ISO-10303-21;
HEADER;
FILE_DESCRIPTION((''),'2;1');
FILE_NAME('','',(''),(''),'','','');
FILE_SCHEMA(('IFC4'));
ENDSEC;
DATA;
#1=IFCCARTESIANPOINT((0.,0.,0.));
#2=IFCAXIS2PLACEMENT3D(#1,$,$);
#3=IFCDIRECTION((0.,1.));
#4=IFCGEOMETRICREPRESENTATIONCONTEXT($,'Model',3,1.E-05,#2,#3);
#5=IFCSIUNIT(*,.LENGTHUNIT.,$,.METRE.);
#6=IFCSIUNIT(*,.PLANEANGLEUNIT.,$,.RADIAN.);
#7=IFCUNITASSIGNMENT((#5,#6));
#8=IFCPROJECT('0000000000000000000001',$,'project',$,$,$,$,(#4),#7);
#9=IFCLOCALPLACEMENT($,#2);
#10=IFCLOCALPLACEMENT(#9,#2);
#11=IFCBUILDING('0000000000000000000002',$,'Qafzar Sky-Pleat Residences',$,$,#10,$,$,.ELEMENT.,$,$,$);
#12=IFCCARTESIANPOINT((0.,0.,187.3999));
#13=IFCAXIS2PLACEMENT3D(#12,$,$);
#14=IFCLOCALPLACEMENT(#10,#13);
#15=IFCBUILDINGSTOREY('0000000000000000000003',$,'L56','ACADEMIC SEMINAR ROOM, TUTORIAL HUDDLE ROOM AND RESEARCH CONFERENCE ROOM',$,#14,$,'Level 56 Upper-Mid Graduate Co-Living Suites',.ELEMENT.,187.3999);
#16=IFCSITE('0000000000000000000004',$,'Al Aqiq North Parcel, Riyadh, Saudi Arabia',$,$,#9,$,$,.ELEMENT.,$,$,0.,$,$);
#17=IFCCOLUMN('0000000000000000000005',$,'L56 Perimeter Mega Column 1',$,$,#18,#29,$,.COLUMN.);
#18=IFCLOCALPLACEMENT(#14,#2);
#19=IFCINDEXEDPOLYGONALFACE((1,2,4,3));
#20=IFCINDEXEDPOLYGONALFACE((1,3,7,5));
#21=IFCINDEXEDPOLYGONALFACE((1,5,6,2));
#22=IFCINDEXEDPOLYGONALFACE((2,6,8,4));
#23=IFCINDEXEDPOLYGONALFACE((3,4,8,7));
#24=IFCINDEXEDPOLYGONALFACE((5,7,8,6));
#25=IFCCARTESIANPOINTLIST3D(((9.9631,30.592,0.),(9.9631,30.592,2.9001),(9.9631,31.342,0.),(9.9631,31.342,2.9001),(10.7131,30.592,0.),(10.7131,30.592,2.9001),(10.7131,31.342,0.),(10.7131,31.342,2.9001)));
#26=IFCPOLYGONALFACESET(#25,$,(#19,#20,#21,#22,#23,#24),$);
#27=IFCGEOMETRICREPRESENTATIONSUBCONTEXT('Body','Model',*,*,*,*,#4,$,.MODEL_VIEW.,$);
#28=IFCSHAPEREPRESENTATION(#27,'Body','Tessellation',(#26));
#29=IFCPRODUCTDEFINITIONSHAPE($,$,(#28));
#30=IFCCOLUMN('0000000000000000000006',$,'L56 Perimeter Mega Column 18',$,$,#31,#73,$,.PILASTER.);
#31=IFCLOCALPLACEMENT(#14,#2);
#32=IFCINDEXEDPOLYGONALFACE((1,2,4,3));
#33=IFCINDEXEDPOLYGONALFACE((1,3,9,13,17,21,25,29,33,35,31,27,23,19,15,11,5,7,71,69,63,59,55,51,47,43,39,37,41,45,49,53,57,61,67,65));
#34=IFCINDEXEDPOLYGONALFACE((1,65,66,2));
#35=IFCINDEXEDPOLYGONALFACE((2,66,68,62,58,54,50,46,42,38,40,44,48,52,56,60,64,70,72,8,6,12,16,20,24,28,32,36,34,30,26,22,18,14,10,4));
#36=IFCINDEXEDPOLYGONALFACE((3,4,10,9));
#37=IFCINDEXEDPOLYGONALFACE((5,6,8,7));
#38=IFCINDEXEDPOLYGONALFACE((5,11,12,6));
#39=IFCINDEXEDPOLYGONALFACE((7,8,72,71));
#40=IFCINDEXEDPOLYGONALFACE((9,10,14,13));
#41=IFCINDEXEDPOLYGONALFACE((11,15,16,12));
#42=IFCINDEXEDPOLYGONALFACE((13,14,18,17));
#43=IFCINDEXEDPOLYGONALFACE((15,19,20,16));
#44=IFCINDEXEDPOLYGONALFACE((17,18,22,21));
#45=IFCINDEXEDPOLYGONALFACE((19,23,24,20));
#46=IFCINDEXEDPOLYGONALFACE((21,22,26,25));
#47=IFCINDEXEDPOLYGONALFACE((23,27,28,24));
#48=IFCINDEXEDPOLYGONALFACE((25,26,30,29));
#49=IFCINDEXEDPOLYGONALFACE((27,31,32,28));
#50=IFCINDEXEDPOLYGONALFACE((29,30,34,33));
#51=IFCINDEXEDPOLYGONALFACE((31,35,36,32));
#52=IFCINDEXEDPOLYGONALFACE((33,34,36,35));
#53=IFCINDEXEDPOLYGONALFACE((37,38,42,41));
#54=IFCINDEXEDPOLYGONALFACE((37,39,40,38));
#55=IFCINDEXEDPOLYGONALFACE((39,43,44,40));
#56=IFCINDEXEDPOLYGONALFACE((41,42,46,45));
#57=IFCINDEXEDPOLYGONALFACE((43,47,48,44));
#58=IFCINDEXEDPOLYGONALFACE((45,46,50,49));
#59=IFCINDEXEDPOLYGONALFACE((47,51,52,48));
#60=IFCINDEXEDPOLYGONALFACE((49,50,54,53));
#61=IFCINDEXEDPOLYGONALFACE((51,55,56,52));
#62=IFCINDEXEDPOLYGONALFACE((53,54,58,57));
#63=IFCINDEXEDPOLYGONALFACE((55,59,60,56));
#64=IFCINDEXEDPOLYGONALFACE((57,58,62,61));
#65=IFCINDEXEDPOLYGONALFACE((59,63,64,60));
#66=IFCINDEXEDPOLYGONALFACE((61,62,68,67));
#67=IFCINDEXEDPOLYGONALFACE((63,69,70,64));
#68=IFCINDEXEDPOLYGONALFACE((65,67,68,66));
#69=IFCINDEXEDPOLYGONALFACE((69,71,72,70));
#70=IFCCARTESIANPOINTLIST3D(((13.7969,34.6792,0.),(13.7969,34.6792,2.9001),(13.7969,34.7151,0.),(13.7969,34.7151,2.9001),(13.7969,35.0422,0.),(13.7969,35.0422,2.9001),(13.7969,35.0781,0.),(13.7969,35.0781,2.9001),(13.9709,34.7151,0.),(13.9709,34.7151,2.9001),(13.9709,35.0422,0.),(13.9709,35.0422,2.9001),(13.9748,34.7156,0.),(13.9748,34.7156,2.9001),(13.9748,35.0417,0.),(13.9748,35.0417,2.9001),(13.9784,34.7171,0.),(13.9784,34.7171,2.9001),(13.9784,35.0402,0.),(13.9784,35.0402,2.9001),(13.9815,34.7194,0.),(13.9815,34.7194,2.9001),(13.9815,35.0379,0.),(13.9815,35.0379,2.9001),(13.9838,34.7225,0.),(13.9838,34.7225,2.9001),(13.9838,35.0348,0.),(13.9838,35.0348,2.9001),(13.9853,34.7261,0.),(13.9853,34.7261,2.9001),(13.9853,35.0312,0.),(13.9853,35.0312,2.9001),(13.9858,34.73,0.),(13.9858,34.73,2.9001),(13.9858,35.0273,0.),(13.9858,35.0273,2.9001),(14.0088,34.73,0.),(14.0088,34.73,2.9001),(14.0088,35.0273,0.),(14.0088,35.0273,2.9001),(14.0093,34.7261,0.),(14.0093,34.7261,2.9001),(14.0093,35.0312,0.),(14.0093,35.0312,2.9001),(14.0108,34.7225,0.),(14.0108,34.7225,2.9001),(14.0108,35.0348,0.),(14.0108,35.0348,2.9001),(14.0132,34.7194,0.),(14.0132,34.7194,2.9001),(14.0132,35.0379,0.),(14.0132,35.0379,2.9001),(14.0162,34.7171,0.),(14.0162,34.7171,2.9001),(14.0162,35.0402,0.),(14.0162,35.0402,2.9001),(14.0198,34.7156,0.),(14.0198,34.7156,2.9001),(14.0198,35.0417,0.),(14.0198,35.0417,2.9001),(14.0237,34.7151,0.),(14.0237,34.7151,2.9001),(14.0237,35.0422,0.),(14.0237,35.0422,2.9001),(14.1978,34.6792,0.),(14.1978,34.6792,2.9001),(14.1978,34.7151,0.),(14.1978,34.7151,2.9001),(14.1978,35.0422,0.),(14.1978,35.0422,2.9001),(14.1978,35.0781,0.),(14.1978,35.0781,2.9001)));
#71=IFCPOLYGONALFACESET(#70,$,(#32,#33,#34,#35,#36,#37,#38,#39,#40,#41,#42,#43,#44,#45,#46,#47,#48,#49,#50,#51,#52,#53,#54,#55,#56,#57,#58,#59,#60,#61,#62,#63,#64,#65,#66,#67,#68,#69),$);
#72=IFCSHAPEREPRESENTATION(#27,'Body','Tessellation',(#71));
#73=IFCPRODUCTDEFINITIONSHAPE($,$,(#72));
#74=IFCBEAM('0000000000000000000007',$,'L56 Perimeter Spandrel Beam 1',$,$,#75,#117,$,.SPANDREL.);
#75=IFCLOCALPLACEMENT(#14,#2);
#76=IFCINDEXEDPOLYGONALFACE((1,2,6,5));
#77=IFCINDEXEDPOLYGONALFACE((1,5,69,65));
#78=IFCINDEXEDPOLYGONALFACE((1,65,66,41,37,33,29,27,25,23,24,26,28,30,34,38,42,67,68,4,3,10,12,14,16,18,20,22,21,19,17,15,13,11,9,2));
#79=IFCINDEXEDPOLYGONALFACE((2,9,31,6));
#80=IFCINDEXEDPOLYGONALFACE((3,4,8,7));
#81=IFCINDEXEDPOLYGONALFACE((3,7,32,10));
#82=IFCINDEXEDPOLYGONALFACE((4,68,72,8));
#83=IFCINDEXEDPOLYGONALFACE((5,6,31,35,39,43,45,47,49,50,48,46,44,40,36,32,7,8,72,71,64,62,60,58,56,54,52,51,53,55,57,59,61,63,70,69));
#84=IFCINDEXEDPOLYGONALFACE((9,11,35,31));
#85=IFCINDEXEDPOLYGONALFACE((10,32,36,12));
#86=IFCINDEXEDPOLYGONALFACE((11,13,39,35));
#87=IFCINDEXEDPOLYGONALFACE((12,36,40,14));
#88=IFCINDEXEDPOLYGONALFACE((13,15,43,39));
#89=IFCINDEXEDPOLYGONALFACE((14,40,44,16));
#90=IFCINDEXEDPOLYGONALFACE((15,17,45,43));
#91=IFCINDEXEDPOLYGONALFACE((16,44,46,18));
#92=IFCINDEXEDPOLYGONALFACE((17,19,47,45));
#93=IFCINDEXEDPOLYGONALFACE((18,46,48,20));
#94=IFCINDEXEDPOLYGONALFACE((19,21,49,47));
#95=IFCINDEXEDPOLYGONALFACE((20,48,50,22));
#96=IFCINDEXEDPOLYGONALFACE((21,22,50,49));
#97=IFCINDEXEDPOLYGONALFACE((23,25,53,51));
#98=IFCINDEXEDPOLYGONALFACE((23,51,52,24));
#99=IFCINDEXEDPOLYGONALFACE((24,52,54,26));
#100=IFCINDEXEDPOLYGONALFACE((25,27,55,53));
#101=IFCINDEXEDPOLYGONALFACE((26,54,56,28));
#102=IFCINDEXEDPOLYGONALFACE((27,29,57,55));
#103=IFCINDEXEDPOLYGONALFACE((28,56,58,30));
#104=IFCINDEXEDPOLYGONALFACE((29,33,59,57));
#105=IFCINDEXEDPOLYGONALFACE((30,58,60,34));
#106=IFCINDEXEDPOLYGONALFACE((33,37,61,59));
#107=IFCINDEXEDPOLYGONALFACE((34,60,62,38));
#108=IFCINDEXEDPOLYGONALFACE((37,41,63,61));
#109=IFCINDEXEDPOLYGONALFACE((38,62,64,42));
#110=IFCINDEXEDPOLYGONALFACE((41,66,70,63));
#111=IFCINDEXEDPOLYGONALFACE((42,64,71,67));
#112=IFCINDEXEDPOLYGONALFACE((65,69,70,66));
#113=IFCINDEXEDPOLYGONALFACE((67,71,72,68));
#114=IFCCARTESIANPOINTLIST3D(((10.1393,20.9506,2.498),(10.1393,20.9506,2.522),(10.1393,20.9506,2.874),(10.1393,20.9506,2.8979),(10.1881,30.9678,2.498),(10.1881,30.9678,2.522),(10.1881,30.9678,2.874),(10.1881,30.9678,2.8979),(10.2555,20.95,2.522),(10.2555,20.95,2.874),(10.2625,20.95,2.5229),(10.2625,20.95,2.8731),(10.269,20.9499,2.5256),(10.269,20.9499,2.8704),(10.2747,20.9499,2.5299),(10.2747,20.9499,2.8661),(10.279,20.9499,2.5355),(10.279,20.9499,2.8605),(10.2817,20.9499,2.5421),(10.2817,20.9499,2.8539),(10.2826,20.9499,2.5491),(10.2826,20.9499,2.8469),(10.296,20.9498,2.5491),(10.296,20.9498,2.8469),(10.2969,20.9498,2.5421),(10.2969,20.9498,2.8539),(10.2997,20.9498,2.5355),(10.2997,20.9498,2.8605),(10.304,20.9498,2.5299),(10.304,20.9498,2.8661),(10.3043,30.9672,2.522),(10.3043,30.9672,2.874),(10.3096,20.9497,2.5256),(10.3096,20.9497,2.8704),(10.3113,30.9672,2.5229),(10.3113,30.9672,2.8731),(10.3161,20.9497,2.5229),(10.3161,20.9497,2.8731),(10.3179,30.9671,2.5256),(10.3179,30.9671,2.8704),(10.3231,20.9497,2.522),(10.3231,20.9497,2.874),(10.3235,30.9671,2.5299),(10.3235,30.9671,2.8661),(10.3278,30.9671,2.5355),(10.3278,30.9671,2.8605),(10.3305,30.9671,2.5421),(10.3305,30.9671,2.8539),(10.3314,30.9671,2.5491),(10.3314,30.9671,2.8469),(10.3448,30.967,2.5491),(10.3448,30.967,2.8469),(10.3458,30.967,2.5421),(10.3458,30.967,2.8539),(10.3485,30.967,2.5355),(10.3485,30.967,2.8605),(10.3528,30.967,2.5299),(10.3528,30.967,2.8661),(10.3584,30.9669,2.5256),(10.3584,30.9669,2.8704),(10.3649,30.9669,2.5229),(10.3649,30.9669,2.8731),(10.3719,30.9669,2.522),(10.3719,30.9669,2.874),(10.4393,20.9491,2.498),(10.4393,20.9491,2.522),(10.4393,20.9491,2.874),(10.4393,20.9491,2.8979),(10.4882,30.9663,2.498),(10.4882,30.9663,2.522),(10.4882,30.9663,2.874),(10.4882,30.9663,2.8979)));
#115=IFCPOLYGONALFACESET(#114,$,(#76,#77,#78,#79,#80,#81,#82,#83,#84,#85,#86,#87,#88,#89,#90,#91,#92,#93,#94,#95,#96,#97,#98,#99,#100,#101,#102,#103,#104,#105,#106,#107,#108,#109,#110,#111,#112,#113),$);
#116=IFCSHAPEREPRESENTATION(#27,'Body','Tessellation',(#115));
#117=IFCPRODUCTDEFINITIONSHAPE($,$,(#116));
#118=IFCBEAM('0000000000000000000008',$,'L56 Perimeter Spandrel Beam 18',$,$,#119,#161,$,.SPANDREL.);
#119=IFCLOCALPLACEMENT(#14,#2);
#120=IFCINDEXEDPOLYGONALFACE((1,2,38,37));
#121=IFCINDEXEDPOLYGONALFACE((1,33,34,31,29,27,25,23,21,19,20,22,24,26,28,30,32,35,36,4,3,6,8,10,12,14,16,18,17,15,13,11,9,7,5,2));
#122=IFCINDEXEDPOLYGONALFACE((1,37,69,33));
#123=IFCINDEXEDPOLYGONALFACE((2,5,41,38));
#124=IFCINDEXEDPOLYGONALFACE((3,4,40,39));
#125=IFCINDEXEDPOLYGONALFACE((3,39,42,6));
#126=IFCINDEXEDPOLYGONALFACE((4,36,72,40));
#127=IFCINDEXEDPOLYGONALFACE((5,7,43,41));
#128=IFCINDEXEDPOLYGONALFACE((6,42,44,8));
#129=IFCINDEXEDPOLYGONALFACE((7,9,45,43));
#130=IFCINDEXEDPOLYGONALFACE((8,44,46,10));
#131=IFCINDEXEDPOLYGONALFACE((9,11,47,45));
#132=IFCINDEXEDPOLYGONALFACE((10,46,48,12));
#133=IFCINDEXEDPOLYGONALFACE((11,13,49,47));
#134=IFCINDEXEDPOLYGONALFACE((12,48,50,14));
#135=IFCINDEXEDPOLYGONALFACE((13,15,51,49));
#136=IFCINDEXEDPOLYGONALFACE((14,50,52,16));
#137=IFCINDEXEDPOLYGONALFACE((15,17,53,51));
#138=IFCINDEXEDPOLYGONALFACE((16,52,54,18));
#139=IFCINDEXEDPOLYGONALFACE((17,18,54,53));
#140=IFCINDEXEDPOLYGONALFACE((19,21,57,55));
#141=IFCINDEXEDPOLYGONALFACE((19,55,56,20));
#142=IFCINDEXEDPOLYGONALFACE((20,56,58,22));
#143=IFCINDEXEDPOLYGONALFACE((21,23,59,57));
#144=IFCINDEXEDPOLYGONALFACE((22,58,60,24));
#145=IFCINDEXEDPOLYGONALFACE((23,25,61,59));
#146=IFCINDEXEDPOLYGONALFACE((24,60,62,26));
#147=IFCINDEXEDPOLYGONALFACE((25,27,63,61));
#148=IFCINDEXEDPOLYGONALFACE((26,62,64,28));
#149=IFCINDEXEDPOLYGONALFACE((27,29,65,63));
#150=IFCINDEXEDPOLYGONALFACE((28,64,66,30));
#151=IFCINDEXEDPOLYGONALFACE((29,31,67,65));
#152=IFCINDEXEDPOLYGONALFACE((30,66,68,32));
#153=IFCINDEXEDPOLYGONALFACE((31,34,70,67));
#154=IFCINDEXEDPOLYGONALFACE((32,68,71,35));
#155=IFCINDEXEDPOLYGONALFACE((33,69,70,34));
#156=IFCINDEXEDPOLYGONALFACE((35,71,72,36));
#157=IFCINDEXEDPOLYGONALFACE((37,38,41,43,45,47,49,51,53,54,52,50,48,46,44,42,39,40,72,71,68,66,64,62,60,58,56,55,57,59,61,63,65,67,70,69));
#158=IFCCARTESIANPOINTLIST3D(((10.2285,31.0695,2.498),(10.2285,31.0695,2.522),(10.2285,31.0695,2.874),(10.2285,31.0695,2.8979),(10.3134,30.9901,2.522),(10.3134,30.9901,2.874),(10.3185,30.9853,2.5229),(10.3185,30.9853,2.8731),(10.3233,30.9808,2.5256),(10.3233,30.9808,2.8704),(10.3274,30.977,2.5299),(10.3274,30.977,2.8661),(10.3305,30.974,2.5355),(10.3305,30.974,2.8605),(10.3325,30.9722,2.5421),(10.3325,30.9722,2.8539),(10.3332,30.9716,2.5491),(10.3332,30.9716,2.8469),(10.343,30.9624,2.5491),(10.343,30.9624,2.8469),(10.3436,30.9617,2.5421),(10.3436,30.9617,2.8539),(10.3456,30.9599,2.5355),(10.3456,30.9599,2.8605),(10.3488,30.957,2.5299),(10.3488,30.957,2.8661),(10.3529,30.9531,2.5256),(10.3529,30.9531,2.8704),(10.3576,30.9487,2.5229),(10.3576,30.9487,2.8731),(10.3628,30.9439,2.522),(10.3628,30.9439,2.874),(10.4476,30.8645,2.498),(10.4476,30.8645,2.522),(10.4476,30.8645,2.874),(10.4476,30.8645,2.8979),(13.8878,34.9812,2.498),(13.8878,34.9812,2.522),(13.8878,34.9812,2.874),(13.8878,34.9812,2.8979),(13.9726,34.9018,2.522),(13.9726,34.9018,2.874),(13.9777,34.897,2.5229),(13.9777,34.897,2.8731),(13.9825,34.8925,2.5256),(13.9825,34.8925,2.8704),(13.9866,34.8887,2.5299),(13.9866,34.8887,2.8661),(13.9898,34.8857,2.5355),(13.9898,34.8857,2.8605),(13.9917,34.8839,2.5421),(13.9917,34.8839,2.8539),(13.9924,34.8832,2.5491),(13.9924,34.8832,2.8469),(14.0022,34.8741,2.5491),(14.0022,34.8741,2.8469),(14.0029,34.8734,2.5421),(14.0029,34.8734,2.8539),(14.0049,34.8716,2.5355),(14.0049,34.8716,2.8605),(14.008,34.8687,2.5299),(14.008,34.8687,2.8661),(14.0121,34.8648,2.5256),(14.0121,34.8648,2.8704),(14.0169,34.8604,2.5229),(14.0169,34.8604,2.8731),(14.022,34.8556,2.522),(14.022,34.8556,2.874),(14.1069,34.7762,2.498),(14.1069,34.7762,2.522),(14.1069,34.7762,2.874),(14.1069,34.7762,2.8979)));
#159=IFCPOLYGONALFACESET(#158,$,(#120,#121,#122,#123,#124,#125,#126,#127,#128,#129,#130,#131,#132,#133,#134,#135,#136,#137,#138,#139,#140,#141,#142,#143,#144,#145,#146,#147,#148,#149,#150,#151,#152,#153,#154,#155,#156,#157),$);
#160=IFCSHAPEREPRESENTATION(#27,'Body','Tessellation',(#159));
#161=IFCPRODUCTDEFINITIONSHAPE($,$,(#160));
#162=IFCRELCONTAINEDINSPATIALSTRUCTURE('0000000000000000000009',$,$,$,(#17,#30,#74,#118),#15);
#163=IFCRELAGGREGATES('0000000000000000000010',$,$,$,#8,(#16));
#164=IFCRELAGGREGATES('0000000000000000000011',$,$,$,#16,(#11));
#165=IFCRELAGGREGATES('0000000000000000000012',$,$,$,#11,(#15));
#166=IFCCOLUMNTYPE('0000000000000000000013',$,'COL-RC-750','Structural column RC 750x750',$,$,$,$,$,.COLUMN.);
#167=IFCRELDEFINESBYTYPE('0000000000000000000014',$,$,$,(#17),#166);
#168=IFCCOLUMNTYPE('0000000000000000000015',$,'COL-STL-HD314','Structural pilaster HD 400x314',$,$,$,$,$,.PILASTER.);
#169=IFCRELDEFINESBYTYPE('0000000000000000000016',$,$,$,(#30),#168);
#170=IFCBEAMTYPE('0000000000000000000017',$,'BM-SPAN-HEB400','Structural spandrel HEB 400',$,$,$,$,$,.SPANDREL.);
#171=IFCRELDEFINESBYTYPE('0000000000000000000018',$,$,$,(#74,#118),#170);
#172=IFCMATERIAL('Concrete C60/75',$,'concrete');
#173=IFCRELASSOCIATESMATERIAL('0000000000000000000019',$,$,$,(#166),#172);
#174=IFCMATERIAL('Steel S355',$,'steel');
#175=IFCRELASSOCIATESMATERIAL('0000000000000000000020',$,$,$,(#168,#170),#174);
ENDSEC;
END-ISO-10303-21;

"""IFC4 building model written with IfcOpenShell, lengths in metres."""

from ifc_helpers import new_model, si_unit, direction, frame, origin, origin_2d, place, context, subcontext, project, spatial, rectangle, i_section, extrude, source, transform, mapped, material, material_profile, profile_set, type_object, element, save


model = new_model("IFC4")

# Units and contexts
model_context = context("Model", 3, precision=1e-05, world=origin(), true_north=direction((0.0, 1.0)))
body_context = subcontext(model_context, "Body", "Model", "MODEL_VIEW")
ifc_project = project(units=[si_unit("LENGTHUNIT", "METRE"), si_unit("PLANEANGLEUNIT", "RADIAN")], contexts=[model_context])

# Site, building, storey
site_placement = place(None, origin())
site = spatial("IfcSite", under=ifc_project, at=site_placement, Name="Al Aqiq North Parcel, Riyadh, Saudi Arabia", CompositionType="ELEMENT", RefElevation=0.0)
building_placement = place(site_placement, origin())
building = spatial("IfcBuilding", under=site, at=building_placement, Name="Qafzar Sky-Pleat Residences", CompositionType="ELEMENT")
storey_placement = place(building_placement, frame((0.0, 0.0, 187.3999)))
storey = spatial("IfcBuildingStorey", under=building, at=storey_placement, Name="L56", Description="ACADEMIC SEMINAR ROOM, TUTORIAL HUDDLE ROOM AND RESEARCH CONFERENCE ROOM", LongName="Level 56 Upper-Mid Graduate Co-Living Suites", CompositionType="ELEMENT", Elevation=187.3999)

# Columns
ifc_material_1 = material(Name="Concrete C60/75", Category="concrete")
ifc_material_profile_1 = material_profile(ifc_material_1, rectangle(XDim=0.75, YDim=0.75, at=origin_2d()), Name="RC 750x750")
ifc_profile_set_1 = profile_set([ifc_material_profile_1], Name="Concrete C60/75")
column_type_1 = type_object("IfcColumnType", Name="COL-RC-750", Description="Structural column RC 750x750", PredefinedType="COLUMN", material=ifc_profile_set_1)
shared_shape_1 = source(origin(), body_context, "Body", "SweptSolid", [
    extrude(rectangle(XDim=0.75, YDim=0.75, at=origin_2d()), origin(), (0.0, 0.0, 1.0), 2.9001),
])
column_1_placement = place(storey_placement, frame((10.3381, 30.967, 0.0), z_axis=(0.0, 0.0, 1.0), x_axis=(1.0, 0.0, 0.0)))
element("IfcColumn", 1, at=column_1_placement, inside=storey, type_object=column_type_1, Name="L56 Perimeter Mega Column 1", PredefinedType="COLUMN", context=body_context, shape_type="MappedRepresentation", body=[
    mapped(shared_shape_1, transform((0.0, 0.0, 0.0), x_axis=(1.0, 0.0, 0.0), y_axis=(0.0, 1.0, 0.0), z_axis=(0.0, 0.0, 1.0), scale=1.0)),
])
ifc_material_2 = material(Name="Steel S355", Category="steel")
ifc_material_profile_2 = material_profile(ifc_material_2, i_section(OverallWidth=0.4009, OverallDepth=0.3989, WebThickness=0.0229, FlangeThickness=0.0359, FilletRadius=0.0149, at=origin_2d()), Name="HD 400x314")
ifc_profile_set_2 = profile_set([ifc_material_profile_2], Name="Steel S355")
column_type_2 = type_object("IfcColumnType", Name="COL-STL-HD314", Description="Structural pilaster HD 400x314", PredefinedType="PILASTER", material=ifc_profile_set_2)
shared_shape_2 = source(origin(), body_context, "Body", "SweptSolid", [
    extrude(i_section(OverallWidth=0.4009, OverallDepth=0.3989, WebThickness=0.0229, FlangeThickness=0.0359, FilletRadius=0.0149, at=origin_2d()), origin(), (0.0, 0.0, 1.0), 2.9001),
])
column_2_placement = place(storey_placement, frame((13.9973, 34.8787, 0.0), z_axis=(0.0, 0.0, 1.0), x_axis=(1.0, 0.0, 0.0)))
element("IfcColumn", 2, at=column_2_placement, inside=storey, type_object=column_type_2, Name="L56 Perimeter Mega Column 18", PredefinedType="PILASTER", context=body_context, shape_type="MappedRepresentation", body=[
    mapped(shared_shape_2, transform((0.0, 0.0, 0.0), x_axis=(1.0, 0.0, 0.0), y_axis=(0.0, 1.0, 0.0), z_axis=(0.0, 0.0, 1.0), scale=1.0)),
])

# Beams
ifc_material_profile_3 = material_profile(ifc_material_2, i_section(OverallWidth=0.3, OverallDepth=0.3999, WebThickness=0.0134, FlangeThickness=0.0239, FilletRadius=0.0271, at=origin_2d()), Name="HEB 400")
ifc_profile_set_3 = profile_set([ifc_material_profile_3], Name="Steel S355")
beam_type_1 = type_object("IfcBeamType", Name="BM-SPAN-HEB400", Description="Structural spandrel HEB 400", PredefinedType="SPANDREL", material=ifc_profile_set_3)
shared_shape_3 = source(origin(), body_context, "Body", "SweptSolid", [
    extrude(i_section(OverallWidth=0.3, OverallDepth=0.3999, WebThickness=0.0134, FlangeThickness=0.0239, FilletRadius=0.0271, at=origin_2d()), origin(), (0.0, 0.0, 1.0), 10.0173),
])
beam_1_placement = place(storey_placement, frame((10.3381, 30.967, 2.698), z_axis=(-0.004874, -0.999988, 0.0), x_axis=(0.999988, -0.004874, 0.0)))
element("IfcBeam", 3, at=beam_1_placement, inside=storey, type_object=beam_type_1, Name="L56 Perimeter Spandrel Beam 1", PredefinedType="SPANDREL", context=body_context, shape_type="MappedRepresentation", body=[
    mapped(shared_shape_3, transform((0.0, 0.0, 0.0), x_axis=(1.0, 0.0, 0.0), y_axis=(0.0, 1.0, 0.0), z_axis=(0.0, 0.0, 1.0), scale=1.0)),
])
shared_shape_4 = source(origin(), body_context, "Body", "SweptSolid", [
    extrude(i_section(OverallWidth=0.3, OverallDepth=0.3999, WebThickness=0.0134, FlangeThickness=0.0239, FilletRadius=0.0271, at=origin_2d()), origin(), (0.0, 0.0, 1.0), 5.3564),
])
beam_2_placement = place(storey_placement, frame((13.9973, 34.8787, 2.698), z_axis=(-0.683149, -0.730279, 0.0), x_axis=(0.730279, -0.683149, 0.0)))
element("IfcBeam", 4, at=beam_2_placement, inside=storey, type_object=beam_type_1, Name="L56 Perimeter Spandrel Beam 18", PredefinedType="SPANDREL", context=body_context, shape_type="MappedRepresentation", body=[
    mapped(shared_shape_4, transform((0.0, 0.0, 0.0), x_axis=(1.0, 0.0, 0.0), y_axis=(0.0, 1.0, 0.0), z_axis=(0.0, 0.0, 1.0), scale=1.0)),
])

save(model, "model.ifc")
